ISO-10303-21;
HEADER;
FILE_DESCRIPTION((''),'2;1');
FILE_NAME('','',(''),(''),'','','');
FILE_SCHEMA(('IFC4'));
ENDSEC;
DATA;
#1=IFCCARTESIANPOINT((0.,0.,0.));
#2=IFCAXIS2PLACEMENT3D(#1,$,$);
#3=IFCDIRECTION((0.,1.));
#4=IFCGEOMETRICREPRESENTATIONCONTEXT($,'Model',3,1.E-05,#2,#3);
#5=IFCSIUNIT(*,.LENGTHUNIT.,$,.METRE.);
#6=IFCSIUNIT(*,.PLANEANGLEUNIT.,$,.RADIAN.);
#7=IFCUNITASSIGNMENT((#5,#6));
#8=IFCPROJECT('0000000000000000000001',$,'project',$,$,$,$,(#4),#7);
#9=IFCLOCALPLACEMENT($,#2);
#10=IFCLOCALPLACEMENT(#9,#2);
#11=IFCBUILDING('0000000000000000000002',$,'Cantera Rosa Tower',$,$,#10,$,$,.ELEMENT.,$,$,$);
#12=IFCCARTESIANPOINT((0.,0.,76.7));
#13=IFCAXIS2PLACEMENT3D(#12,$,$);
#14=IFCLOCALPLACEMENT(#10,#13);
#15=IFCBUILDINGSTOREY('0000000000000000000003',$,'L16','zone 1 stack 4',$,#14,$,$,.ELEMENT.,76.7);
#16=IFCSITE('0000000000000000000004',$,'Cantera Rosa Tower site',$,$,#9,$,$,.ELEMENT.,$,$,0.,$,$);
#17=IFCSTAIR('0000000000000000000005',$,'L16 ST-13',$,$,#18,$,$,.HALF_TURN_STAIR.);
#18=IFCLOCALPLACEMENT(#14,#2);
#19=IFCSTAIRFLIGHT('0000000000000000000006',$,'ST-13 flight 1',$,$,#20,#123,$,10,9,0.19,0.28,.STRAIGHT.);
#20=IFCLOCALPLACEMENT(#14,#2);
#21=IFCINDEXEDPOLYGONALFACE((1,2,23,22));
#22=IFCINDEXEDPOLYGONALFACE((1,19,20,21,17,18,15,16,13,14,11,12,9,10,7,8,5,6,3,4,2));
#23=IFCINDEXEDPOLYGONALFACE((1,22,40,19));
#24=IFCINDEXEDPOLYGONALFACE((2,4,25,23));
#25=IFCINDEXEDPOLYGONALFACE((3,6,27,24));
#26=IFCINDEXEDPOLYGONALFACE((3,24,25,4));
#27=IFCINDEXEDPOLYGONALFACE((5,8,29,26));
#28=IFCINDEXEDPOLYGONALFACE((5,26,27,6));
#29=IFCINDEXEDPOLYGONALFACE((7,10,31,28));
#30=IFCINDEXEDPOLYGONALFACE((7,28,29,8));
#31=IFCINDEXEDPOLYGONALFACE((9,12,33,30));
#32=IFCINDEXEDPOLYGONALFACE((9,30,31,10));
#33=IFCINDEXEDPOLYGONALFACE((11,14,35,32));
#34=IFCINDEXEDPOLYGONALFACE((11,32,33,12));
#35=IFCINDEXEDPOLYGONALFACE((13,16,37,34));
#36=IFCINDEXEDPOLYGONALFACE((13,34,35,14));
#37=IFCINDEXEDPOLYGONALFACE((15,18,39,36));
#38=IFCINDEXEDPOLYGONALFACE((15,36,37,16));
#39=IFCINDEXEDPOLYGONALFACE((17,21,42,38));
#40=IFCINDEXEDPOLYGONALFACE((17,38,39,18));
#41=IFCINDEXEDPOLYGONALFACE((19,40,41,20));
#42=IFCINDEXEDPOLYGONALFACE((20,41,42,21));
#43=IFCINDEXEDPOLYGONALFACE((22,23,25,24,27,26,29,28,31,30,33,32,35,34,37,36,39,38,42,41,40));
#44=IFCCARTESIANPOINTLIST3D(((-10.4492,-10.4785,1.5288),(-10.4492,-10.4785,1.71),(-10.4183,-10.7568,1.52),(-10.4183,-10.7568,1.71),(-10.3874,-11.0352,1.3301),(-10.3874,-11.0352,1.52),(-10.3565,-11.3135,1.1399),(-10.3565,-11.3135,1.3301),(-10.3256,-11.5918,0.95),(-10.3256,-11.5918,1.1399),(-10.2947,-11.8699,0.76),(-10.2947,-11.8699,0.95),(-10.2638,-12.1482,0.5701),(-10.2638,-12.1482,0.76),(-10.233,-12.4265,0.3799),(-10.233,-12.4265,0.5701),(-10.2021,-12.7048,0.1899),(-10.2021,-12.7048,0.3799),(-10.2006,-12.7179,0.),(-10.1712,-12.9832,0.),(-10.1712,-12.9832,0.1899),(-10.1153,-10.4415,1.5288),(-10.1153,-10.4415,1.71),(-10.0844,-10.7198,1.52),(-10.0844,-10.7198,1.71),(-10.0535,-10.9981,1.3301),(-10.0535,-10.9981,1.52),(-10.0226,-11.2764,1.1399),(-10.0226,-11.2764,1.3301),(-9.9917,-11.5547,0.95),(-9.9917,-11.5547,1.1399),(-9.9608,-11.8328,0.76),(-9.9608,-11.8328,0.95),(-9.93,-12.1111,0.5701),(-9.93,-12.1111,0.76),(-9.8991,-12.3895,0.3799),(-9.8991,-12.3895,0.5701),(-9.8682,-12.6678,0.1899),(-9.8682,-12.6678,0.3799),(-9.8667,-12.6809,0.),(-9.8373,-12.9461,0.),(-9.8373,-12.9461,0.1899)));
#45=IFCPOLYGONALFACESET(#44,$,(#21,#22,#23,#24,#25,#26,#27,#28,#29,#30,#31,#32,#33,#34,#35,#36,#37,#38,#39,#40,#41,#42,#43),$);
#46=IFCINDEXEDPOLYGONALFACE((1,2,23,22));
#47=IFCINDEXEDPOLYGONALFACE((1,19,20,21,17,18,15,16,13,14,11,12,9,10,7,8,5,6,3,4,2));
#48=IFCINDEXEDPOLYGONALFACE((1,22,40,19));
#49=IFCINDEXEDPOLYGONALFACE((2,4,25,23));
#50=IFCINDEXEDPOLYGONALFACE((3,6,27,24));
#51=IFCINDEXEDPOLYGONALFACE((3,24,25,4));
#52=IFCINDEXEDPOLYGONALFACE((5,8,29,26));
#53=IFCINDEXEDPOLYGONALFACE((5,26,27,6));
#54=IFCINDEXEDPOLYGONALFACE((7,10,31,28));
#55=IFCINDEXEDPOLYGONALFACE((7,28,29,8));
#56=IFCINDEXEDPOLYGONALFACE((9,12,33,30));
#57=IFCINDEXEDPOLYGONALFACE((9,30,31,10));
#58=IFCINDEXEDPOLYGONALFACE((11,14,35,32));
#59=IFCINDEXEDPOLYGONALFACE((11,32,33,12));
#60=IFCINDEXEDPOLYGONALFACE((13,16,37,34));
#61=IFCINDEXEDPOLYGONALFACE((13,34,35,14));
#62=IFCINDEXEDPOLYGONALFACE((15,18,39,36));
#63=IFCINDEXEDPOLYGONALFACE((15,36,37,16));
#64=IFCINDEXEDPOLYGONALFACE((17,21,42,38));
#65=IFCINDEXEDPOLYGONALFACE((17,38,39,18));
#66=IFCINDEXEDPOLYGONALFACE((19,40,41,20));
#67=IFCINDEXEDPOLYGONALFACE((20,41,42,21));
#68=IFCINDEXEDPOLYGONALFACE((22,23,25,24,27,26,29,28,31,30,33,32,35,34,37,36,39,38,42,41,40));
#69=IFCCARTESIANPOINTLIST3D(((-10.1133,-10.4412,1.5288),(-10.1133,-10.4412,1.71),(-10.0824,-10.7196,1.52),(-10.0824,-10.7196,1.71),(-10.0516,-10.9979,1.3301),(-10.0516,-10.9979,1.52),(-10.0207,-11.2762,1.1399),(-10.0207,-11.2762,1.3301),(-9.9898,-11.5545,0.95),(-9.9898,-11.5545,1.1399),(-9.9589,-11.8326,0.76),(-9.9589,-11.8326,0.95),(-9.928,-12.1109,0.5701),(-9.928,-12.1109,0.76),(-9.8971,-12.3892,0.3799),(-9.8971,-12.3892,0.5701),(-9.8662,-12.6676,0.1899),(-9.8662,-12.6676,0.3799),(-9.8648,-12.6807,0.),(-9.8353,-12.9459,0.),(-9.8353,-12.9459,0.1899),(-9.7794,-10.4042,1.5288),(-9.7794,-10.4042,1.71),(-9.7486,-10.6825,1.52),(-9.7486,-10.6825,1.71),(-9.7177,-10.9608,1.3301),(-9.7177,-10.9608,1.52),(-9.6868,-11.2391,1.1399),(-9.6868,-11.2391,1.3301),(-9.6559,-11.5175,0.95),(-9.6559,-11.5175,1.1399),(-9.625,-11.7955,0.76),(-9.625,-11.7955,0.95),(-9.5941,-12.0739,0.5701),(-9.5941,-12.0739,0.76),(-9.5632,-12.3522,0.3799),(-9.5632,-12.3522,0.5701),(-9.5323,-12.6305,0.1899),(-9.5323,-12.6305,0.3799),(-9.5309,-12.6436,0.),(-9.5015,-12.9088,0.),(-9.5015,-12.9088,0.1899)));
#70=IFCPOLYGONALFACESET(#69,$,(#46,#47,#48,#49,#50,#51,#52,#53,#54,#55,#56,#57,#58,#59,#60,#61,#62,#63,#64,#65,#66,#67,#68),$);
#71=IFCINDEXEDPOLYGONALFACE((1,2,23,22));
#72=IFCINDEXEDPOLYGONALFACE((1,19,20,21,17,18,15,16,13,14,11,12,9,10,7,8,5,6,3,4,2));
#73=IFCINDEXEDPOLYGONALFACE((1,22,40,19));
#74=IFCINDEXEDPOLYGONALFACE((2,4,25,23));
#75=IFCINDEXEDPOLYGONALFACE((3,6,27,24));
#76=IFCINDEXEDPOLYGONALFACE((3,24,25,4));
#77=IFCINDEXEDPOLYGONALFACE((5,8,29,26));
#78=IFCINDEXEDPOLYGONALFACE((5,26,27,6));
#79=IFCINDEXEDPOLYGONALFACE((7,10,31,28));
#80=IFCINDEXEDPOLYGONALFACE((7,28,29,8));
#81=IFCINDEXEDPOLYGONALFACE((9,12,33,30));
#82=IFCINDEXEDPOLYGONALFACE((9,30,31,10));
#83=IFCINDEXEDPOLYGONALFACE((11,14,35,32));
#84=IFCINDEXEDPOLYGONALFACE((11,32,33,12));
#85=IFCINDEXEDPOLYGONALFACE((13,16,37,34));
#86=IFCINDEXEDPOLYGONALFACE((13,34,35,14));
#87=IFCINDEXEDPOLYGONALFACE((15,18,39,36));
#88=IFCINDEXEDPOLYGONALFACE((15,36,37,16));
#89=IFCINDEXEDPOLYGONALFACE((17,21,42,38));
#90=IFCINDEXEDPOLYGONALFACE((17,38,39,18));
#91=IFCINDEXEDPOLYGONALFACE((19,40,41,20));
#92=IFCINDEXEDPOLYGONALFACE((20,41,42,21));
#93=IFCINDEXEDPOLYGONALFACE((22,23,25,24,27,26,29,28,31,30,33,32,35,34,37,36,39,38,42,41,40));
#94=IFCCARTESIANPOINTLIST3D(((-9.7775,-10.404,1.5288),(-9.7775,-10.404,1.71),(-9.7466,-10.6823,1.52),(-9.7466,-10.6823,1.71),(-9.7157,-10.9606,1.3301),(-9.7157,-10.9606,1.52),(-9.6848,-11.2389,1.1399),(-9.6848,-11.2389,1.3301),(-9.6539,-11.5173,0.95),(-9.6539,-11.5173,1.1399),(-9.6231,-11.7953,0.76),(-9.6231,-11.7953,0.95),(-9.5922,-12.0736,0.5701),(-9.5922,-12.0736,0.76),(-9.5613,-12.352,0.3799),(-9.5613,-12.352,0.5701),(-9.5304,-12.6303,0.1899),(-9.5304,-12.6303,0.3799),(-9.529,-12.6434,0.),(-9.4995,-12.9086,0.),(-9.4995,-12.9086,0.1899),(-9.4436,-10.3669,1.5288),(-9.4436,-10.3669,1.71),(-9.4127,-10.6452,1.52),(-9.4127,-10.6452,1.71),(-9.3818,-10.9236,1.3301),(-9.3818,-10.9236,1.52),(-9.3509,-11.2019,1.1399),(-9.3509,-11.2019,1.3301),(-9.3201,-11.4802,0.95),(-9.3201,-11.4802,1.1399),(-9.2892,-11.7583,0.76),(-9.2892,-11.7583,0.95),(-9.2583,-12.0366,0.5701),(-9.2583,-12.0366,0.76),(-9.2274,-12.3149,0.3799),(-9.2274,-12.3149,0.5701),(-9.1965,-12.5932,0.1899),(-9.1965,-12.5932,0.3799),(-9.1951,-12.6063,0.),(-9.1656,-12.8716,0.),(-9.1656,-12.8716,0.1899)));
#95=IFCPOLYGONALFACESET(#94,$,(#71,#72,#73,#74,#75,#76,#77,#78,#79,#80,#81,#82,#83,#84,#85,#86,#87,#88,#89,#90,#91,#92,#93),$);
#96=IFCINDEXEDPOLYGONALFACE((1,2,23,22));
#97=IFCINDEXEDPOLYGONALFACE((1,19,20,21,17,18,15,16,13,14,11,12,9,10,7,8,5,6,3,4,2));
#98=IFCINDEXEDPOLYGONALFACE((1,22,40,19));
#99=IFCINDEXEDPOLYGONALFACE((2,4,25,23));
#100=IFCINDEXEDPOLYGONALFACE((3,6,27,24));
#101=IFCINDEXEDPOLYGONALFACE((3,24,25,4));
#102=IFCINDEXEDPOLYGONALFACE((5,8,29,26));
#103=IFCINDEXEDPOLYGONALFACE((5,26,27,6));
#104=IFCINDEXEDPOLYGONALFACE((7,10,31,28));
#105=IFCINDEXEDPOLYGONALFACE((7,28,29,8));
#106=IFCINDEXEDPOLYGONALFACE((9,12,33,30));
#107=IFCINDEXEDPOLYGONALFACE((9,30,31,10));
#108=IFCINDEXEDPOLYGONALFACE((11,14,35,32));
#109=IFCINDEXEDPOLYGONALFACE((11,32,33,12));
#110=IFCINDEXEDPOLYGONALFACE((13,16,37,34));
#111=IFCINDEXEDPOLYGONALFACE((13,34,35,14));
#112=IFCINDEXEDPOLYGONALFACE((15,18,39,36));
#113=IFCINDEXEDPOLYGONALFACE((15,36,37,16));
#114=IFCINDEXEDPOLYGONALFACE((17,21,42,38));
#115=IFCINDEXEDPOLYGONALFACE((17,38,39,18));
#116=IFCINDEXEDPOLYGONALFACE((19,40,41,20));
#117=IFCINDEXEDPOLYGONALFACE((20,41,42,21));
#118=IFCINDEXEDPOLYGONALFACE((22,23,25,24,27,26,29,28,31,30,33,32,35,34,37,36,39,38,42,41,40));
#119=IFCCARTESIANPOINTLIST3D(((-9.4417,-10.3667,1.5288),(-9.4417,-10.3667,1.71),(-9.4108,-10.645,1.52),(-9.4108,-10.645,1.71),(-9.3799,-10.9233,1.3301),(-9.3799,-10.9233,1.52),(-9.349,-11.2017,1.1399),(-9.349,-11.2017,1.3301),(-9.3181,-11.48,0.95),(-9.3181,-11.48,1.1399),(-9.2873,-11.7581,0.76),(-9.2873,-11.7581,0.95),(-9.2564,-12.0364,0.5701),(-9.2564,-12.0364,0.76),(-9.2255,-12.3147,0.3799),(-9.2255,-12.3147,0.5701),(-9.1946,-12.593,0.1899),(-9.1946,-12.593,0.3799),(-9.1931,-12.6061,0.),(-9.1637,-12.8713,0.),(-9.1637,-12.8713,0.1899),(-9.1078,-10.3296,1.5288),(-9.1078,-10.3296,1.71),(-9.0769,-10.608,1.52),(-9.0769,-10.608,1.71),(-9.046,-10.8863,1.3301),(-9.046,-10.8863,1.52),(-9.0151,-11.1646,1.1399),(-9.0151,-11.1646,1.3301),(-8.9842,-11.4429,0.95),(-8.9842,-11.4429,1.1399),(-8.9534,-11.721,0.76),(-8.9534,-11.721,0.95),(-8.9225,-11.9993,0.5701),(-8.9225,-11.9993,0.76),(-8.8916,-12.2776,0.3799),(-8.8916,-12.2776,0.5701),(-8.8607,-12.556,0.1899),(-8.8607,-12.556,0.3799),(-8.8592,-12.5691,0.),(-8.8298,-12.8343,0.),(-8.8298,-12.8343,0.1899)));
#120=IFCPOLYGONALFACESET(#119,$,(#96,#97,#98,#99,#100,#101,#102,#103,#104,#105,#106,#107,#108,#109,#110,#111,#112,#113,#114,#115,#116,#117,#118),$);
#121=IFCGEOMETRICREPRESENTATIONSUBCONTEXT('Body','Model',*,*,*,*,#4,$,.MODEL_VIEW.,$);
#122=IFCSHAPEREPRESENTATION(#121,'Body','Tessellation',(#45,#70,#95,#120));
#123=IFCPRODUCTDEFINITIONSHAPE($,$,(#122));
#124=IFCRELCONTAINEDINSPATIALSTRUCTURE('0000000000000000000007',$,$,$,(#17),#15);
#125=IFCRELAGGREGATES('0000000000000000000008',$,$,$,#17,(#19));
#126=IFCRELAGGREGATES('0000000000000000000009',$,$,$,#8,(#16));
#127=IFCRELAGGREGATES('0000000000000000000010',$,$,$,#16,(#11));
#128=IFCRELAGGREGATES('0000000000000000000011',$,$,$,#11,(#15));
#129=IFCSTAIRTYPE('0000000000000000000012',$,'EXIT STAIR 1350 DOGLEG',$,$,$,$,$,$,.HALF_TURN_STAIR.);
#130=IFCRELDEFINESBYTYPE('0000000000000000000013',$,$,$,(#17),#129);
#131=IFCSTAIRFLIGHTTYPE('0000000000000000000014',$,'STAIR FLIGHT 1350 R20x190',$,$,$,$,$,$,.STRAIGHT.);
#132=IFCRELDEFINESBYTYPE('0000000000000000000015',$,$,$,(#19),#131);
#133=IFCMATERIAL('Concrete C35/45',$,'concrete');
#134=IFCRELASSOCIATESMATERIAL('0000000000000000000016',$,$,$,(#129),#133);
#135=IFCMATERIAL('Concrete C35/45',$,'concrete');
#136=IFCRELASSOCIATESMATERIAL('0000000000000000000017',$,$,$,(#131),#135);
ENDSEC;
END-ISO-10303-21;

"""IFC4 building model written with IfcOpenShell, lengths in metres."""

from ifc_helpers import new_model, si_unit, direction, frame, origin, place, context, subcontext, project, spatial, polyline, outline, extrude, material, type_object, element, aggregate, save


model = new_model("IFC4")

# Units and contexts
model_context = context("Model", 3, precision=1e-05, world=origin(), true_north=direction((0.0, 1.0)))
body_context = subcontext(model_context, "Body", "Model", "MODEL_VIEW")
ifc_project = project(units=[si_unit("LENGTHUNIT", "METRE"), si_unit("PLANEANGLEUNIT", "RADIAN")], contexts=[model_context])

# Site, building, storey
site_placement = place(None, origin())
site = spatial("IfcSite", under=ifc_project, at=site_placement, Name="Cantera Rosa Tower site", CompositionType="ELEMENT", RefElevation=0.0)
building_placement = place(site_placement, origin())
building = spatial("IfcBuilding", under=site, at=building_placement, Name="Cantera Rosa Tower", CompositionType="ELEMENT")
storey_placement = place(building_placement, frame((0.0, 0.0, 76.7)))
storey = spatial("IfcBuildingStorey", under=building, at=storey_placement, Name="L16", Description="zone 1 stack 4", CompositionType="ELEMENT", Elevation=76.7)

# Stair, stair flight
ifc_material_1 = material(Name="Concrete C35/45", Category="concrete")
stair_type = type_object("IfcStairType", Name="EXIT STAIR 1350 DOGLEG", PredefinedType="HALF_TURN_STAIR", material=ifc_material_1)
stair_placement = place(storey_placement, origin())
stair = element("IfcStair", 1, at=stair_placement, inside=storey, type_object=stair_type, Name="L16 ST-13", PredefinedType="HALF_TURN_STAIR")
ifc_material_2 = material(Name="Concrete C35/45", Category="concrete")
stair_flight_type = type_object("IfcStairFlightType", Name="STAIR FLIGHT 1350 R20x190", PredefinedType="STRAIGHT", material=ifc_material_2)
stair_flight_placement = place(storey_placement, frame((-9.5002, -12.9087, 0.0), z_axis=(0.0, 0.0, 1.0), x_axis=(-0.110313, 0.993897, 0.0)))
stair_flight = element("IfcStairFlight", 2, at=stair_flight_placement, type_object=stair_flight_type, Name="ST-13 flight 1", NumberOfRisers=10, NumberOfTreads=9, PredefinedType="STRAIGHT", RiserHeight=0.19, TreadLength=0.28, context=body_context, shape_type="SweptSolid", body=[
    extrude(outline(polyline([(0.0, 0.0), (0.0, 0.1899), (0.28, 0.1899), (0.28, 0.3799), (0.5601, 0.3799), (0.5601, 0.5701), (0.8401, 0.5701), (0.8401, 0.76), (1.1201, 0.76), (1.1201, 0.95), (1.3999, 0.95), (1.3999, 1.1399), (1.6799, 1.1399), (1.6799, 1.3301), (1.96, 1.3301), (1.96, 1.52), (2.24, 1.52), (2.24, 1.71), (2.52, 1.71), (2.52, 1.8999), (2.52, 1.5288), (0.2668, 0.0), (0.0, 0.0)])), frame((0.0, 0.675, 0.0), z_axis=(0.0, -1.0, 0.0), x_axis=(1.0, 0.0, 0.0)), (0.0, 0.0, 1.0), 0.3359),
    extrude(outline(polyline([(0.0, 0.0), (0.0, 0.1899), (0.28, 0.1899), (0.28, 0.3799), (0.5601, 0.3799), (0.5601, 0.5701), (0.8401, 0.5701), (0.8401, 0.76), (1.1201, 0.76), (1.1201, 0.95), (1.3999, 0.95), (1.3999, 1.1399), (1.6799, 1.1399), (1.6799, 1.3301), (1.96, 1.3301), (1.96, 1.52), (2.24, 1.52), (2.24, 1.71), (2.52, 1.71), (2.52, 1.8999), (2.52, 1.5288), (0.2668, 0.0), (0.0, 0.0)])), frame((0.0, 0.3372, 0.0), z_axis=(0.0, -1.0, 0.0), x_axis=(1.0, 0.0, 0.0)), (0.0, 0.0, 1.0), 0.3359),
    extrude(outline(polyline([(0.0, 0.0), (0.0, 0.1899), (0.28, 0.1899), (0.28, 0.3799), (0.5601, 0.3799), (0.5601, 0.5701), (0.8401, 0.5701), (0.8401, 0.76), (1.1201, 0.76), (1.1201, 0.95), (1.3999, 0.95), (1.3999, 1.1399), (1.6799, 1.1399), (1.6799, 1.3301), (1.96, 1.3301), (1.96, 1.52), (2.24, 1.52), (2.24, 1.71), (2.52, 1.71), (2.52, 1.8999), (2.52, 1.5288), (0.2668, 0.0), (0.0, 0.0)])), frame((0.0, -0.0007, 0.0), z_axis=(0.0, -1.0, 0.0), x_axis=(1.0, 0.0, 0.0)), (0.0, 0.0, 1.0), 0.3359),
    extrude(outline(polyline([(0.0, 0.0), (0.0, 0.1899), (0.28, 0.1899), (0.28, 0.3799), (0.5601, 0.3799), (0.5601, 0.5701), (0.8401, 0.5701), (0.8401, 0.76), (1.1201, 0.76), (1.1201, 0.95), (1.3999, 0.95), (1.3999, 1.1399), (1.6799, 1.1399), (1.6799, 1.3301), (1.96, 1.3301), (1.96, 1.52), (2.24, 1.52), (2.24, 1.71), (2.52, 1.71), (2.52, 1.8999), (2.52, 1.5288), (0.2668, 0.0), (0.0, 0.0)])), frame((0.0, -0.3386, 0.0), z_axis=(0.0, -1.0, 0.0), x_axis=(1.0, 0.0, 0.0)), (0.0, 0.0, 1.0), 0.3359),
])
aggregate(stair, [stair_flight])

save(model, "model.ifc")
